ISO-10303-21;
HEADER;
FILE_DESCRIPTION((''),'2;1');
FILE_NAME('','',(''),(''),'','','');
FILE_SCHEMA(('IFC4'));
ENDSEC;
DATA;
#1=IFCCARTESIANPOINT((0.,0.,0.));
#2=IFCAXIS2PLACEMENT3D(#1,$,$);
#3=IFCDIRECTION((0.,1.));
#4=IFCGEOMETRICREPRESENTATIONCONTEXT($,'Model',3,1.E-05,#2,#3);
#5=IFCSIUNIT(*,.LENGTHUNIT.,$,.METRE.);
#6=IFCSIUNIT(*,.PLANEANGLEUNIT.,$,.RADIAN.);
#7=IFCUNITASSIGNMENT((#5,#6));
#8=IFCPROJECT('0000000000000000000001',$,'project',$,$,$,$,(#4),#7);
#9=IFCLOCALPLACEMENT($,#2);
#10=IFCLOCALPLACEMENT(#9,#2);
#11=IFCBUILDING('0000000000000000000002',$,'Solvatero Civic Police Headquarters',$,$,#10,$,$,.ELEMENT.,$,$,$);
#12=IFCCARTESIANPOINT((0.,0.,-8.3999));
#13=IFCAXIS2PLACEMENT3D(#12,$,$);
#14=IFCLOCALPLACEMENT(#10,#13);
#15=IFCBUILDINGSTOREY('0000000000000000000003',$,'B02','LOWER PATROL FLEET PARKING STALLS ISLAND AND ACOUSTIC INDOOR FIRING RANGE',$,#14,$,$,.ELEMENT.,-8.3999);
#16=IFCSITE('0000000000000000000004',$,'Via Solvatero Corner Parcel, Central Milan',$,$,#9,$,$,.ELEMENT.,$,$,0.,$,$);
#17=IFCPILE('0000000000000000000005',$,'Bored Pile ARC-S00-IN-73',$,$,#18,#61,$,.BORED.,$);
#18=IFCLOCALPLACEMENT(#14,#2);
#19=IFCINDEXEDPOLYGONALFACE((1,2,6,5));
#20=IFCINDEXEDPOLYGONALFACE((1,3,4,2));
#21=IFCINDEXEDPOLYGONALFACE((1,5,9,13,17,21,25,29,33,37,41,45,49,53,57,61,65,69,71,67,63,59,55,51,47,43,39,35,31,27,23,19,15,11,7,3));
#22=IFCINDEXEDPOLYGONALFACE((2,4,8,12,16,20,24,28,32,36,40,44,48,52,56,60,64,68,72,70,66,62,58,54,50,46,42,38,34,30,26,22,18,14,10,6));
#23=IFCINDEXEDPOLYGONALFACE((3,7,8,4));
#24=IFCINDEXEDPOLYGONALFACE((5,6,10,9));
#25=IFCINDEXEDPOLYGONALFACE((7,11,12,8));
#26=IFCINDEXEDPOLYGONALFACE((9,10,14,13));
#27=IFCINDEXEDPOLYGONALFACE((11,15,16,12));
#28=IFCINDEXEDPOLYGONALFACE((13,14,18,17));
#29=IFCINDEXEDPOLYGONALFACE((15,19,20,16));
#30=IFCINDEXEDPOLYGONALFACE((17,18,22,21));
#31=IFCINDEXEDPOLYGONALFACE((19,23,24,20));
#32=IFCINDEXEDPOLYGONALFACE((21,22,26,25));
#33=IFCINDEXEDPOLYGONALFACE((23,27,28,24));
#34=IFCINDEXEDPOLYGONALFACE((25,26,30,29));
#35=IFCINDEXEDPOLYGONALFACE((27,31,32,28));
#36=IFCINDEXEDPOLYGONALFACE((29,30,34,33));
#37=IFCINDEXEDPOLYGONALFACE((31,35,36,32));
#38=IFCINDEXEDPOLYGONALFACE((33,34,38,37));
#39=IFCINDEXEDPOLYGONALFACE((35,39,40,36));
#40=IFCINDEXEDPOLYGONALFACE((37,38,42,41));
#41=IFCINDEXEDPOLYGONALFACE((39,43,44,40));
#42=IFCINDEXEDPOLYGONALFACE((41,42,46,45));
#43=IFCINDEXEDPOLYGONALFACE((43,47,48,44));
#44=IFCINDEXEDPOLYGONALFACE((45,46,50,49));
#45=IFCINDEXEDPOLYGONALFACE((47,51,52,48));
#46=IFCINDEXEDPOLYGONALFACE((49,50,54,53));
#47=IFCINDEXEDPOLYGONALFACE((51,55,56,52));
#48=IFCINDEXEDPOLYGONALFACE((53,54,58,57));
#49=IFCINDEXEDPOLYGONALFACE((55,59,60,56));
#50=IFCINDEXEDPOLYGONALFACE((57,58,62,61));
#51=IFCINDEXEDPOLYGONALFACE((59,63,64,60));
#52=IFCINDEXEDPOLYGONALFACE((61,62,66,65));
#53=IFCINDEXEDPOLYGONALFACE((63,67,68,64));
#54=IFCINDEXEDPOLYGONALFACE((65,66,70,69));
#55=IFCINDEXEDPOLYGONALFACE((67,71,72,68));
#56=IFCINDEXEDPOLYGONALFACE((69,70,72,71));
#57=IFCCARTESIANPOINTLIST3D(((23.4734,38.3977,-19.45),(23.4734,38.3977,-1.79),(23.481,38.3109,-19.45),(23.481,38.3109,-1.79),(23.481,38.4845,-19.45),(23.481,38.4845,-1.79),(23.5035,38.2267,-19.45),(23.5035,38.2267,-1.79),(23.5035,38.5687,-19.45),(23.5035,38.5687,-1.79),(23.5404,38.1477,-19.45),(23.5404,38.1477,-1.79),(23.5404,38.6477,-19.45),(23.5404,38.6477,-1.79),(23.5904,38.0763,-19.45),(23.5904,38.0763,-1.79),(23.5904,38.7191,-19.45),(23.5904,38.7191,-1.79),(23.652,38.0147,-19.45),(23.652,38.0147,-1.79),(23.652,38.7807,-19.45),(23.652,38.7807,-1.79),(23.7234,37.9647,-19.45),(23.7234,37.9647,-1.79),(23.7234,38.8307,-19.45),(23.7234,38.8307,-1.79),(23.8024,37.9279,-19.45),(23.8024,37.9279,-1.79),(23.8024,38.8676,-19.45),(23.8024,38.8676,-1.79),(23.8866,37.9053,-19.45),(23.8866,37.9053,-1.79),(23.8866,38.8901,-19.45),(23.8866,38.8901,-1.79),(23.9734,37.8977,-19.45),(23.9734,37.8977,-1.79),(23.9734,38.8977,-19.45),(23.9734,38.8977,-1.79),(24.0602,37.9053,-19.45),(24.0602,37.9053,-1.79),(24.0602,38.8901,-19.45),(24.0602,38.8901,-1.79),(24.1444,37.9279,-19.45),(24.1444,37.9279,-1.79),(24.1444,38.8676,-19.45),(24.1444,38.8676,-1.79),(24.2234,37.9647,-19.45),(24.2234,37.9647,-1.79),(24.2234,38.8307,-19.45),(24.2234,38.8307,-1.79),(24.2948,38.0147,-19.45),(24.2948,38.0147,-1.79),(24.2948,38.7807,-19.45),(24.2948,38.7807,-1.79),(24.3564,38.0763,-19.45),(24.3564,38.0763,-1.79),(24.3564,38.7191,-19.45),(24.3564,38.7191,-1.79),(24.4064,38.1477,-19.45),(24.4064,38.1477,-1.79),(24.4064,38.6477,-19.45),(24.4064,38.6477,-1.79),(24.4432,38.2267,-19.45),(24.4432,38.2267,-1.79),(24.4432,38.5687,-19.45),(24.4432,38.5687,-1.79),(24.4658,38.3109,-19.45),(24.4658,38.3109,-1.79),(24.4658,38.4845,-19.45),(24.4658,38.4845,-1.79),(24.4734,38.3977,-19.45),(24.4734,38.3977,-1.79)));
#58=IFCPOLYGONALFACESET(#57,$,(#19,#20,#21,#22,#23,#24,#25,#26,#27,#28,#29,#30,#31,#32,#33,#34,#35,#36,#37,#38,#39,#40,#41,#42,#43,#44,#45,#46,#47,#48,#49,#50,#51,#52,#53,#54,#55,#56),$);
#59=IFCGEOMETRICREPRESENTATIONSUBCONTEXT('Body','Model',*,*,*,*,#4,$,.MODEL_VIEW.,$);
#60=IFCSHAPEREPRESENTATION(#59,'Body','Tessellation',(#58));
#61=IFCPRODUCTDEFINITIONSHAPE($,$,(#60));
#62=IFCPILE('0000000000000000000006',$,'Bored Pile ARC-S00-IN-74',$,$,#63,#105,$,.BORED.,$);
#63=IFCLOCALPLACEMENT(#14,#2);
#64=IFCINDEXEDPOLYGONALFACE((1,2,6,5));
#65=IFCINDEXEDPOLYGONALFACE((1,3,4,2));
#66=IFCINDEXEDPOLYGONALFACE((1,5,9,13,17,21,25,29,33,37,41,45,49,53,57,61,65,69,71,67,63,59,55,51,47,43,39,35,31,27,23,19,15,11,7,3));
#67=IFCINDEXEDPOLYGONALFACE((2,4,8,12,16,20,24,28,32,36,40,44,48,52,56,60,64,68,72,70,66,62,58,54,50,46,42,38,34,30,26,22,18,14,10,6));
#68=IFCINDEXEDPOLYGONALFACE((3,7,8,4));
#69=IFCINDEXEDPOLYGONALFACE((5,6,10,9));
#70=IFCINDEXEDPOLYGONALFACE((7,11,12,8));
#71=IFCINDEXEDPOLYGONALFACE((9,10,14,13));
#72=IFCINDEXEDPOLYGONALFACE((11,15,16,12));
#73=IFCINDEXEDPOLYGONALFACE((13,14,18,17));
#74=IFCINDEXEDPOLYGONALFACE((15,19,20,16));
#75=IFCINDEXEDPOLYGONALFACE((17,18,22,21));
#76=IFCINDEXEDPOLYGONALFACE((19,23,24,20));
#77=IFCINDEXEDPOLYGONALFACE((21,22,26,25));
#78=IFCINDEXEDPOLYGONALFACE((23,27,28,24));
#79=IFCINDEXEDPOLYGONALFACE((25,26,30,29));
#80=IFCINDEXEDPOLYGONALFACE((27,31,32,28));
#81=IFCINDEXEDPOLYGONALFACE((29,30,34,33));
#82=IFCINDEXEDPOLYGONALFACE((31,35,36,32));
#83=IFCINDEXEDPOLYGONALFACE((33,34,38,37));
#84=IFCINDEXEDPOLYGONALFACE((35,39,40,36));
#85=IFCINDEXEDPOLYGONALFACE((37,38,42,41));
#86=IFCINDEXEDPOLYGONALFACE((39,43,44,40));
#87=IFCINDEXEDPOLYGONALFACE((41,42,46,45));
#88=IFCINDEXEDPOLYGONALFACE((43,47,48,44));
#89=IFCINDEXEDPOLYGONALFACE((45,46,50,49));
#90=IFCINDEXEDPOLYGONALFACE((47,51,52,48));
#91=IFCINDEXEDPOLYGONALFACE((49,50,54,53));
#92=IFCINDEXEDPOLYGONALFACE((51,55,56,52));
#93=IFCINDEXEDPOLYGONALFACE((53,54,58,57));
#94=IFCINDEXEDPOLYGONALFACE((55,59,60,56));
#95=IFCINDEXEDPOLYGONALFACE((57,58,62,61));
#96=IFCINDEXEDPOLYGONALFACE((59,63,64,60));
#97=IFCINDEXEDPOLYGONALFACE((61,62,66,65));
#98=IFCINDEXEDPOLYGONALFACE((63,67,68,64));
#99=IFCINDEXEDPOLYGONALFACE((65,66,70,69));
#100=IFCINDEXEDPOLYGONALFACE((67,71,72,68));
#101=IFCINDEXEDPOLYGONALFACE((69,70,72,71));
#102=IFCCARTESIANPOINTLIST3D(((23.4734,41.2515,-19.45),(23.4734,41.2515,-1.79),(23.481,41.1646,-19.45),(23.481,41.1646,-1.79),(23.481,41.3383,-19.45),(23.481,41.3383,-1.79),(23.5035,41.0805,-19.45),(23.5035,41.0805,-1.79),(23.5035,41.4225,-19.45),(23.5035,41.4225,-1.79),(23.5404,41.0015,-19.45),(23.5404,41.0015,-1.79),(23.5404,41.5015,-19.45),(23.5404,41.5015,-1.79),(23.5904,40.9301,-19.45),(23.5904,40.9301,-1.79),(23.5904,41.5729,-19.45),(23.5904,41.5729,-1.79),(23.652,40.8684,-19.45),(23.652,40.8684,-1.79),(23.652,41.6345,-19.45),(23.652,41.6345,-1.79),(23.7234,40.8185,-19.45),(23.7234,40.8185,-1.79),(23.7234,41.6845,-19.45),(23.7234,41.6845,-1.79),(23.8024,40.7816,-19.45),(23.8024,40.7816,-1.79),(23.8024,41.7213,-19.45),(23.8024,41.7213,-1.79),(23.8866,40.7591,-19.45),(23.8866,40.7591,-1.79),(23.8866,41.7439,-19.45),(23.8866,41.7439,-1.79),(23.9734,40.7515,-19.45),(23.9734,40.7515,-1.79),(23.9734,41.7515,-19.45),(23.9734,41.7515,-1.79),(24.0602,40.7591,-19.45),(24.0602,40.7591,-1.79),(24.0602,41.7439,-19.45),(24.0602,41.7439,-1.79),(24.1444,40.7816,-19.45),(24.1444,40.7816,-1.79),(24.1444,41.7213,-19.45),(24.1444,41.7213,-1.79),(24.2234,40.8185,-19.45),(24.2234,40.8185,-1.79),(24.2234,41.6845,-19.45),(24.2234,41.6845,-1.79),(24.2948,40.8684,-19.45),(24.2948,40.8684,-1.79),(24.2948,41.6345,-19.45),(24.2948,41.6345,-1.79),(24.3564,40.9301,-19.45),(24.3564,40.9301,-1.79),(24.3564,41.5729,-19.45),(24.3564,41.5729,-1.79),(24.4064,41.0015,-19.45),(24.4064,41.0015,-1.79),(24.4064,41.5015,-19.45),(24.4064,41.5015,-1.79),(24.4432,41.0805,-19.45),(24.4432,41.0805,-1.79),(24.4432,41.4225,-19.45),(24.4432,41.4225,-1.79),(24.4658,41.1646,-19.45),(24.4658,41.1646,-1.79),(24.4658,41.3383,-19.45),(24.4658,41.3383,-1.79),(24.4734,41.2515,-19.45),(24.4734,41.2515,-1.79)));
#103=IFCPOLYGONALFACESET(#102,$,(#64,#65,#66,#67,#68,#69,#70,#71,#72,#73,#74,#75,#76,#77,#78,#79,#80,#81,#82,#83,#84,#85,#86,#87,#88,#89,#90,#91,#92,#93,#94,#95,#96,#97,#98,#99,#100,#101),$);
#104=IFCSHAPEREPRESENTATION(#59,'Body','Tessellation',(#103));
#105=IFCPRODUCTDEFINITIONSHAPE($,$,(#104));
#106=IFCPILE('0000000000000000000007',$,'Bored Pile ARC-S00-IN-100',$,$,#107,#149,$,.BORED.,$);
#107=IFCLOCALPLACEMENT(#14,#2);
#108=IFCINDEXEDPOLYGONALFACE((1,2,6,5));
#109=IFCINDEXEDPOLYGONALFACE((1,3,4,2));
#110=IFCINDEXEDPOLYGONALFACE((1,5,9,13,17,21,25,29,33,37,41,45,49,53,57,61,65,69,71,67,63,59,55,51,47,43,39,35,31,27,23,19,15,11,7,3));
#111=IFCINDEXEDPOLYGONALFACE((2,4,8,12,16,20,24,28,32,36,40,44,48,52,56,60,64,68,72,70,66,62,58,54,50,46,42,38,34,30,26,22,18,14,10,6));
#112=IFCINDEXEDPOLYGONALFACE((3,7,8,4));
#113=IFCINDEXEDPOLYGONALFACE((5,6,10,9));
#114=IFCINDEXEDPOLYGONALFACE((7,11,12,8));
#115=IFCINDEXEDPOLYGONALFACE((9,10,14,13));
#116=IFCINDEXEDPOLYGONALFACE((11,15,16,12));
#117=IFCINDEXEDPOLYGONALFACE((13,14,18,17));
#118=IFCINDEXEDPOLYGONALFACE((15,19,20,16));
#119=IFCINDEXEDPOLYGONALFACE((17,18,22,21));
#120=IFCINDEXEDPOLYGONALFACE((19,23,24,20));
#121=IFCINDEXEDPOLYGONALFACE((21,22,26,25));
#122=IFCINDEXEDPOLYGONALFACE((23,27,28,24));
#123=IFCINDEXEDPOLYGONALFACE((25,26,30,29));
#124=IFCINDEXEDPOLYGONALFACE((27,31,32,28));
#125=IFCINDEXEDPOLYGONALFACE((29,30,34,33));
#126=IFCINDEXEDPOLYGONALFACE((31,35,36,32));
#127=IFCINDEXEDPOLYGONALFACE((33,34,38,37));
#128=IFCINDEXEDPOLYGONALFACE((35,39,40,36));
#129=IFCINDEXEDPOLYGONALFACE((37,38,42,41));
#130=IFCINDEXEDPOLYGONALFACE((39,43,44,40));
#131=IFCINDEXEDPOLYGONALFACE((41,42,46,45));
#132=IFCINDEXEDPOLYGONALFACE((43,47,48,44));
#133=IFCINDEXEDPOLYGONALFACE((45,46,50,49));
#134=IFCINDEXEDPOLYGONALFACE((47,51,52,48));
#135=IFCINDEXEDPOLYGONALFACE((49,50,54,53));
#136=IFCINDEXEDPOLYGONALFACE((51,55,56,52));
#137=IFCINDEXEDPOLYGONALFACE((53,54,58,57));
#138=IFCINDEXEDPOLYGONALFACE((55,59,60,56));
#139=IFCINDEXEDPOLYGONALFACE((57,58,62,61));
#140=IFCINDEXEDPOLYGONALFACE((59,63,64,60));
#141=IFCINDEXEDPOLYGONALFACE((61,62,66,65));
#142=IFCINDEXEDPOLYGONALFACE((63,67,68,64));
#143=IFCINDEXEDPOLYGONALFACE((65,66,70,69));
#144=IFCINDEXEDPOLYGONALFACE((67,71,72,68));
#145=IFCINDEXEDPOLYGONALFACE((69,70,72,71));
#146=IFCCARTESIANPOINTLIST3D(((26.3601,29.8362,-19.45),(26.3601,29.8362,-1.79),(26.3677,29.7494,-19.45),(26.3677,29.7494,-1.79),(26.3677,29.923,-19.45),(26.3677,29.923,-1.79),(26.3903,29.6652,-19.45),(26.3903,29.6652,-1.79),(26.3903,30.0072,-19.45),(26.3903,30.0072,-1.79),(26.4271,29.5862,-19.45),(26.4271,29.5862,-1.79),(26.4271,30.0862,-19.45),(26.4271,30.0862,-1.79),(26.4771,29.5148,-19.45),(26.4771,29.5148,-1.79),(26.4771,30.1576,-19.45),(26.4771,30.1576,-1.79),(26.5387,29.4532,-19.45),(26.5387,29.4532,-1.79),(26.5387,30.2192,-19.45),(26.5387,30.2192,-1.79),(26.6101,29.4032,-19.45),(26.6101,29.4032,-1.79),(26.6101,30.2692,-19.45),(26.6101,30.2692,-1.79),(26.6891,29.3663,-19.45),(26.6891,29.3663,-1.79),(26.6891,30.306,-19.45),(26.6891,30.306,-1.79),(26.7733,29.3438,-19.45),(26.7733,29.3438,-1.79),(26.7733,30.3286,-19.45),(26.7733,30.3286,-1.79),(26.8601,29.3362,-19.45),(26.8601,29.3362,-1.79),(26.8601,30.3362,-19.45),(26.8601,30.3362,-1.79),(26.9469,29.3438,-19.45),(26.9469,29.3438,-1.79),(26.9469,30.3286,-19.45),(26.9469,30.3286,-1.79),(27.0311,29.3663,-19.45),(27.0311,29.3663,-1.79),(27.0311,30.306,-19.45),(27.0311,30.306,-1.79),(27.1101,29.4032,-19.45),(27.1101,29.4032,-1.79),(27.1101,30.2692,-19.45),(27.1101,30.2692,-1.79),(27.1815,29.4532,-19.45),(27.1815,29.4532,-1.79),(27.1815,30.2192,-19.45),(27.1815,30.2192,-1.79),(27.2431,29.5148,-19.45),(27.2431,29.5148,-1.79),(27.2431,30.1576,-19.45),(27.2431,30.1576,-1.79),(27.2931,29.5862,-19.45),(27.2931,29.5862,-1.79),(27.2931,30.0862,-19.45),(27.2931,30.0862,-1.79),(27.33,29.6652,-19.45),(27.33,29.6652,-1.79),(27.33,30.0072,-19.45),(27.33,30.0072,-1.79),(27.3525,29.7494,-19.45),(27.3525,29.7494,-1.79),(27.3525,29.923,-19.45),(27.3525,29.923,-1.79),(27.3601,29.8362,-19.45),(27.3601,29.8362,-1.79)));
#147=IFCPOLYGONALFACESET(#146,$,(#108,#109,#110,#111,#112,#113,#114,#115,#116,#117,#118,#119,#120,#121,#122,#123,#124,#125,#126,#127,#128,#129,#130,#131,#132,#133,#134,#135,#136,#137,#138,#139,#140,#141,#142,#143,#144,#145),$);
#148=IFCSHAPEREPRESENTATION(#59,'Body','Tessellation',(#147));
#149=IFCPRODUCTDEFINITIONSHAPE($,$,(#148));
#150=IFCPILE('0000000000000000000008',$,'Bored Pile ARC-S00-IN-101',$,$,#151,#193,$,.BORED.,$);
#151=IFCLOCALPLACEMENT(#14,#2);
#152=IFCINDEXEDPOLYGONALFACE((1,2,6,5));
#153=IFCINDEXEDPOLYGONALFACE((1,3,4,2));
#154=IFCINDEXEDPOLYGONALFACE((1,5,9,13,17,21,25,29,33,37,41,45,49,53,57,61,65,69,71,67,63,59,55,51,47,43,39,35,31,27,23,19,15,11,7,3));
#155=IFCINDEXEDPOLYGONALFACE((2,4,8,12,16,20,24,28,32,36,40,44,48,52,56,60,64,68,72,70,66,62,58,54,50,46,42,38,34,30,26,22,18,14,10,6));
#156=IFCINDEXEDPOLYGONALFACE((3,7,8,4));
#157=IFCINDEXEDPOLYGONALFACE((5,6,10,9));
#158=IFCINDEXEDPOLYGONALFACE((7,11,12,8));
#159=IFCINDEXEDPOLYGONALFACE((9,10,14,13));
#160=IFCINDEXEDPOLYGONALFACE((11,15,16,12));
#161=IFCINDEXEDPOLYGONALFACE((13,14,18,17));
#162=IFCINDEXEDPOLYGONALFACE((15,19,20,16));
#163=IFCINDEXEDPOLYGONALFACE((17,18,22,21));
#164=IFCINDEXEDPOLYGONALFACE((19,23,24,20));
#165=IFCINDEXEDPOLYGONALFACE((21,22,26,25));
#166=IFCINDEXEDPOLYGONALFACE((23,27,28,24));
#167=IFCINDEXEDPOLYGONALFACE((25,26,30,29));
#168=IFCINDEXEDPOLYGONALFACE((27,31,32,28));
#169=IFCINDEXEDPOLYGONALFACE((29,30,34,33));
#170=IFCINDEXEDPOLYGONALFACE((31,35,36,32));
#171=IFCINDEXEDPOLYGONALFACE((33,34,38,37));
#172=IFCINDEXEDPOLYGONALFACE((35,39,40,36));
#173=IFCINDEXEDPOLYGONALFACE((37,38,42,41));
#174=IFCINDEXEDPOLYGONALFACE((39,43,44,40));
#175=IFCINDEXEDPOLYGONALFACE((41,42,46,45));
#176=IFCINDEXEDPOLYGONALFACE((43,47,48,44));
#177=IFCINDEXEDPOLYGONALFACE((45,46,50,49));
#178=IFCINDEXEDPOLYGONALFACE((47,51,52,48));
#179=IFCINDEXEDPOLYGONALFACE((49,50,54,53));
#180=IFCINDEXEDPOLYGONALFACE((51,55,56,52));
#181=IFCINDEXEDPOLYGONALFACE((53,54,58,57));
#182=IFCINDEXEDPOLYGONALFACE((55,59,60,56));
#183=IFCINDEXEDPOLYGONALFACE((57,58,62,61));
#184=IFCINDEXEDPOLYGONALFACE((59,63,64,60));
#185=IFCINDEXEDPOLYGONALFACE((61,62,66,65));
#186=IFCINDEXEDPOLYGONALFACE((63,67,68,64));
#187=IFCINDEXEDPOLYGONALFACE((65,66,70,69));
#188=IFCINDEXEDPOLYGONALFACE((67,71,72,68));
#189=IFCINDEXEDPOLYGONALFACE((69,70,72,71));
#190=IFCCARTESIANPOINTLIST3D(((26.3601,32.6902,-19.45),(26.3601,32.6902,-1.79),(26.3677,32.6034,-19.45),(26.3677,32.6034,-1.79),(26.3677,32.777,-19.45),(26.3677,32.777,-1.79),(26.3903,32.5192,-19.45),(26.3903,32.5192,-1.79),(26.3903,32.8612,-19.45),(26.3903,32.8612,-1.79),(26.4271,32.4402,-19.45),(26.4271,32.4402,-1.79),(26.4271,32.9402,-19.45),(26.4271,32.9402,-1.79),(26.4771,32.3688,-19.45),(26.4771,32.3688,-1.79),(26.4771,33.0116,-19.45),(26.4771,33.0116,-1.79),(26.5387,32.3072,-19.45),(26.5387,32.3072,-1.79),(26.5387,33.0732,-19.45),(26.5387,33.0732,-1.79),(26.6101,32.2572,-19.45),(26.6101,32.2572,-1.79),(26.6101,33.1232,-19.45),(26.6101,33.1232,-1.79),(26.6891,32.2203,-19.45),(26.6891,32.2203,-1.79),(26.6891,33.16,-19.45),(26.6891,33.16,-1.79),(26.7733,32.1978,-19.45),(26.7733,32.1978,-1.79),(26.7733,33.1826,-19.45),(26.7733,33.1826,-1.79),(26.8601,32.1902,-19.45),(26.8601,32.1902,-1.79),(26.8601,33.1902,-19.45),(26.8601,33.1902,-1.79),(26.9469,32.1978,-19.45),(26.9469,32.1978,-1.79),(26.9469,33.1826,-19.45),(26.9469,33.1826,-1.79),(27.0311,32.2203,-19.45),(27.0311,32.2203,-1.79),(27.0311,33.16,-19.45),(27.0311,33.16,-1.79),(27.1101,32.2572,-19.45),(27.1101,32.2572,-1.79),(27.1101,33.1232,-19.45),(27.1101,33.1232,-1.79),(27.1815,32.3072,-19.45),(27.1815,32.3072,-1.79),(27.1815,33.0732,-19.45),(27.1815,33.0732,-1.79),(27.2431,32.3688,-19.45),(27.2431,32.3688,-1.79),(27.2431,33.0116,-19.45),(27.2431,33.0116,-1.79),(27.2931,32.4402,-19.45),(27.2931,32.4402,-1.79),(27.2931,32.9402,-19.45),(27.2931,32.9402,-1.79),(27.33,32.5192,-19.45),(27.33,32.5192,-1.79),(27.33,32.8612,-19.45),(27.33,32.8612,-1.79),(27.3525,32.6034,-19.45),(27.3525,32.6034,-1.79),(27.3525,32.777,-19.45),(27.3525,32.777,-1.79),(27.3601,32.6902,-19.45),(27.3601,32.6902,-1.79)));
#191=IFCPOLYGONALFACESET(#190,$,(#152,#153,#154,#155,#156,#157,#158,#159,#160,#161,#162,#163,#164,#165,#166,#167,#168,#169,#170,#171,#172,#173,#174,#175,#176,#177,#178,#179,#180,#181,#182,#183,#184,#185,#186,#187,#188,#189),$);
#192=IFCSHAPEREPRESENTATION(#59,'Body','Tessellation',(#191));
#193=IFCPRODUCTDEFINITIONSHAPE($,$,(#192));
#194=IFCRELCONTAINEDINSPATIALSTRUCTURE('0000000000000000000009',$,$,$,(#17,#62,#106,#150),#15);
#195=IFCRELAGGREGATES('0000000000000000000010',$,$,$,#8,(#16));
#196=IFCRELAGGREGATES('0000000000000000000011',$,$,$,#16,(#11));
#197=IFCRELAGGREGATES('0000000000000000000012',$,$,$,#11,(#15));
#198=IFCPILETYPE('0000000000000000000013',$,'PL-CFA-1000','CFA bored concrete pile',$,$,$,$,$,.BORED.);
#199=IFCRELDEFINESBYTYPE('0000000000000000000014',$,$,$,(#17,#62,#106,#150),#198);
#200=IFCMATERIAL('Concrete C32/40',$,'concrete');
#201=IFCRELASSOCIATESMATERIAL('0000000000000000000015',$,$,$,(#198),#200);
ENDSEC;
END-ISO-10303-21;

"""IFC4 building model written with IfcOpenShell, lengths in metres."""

from ifc_helpers import new_model, si_unit, direction, frame, origin, origin_2d, place, context, subcontext, project, spatial, circle, extrude, material, material_profile, profile_set, type_object, element, save


model = new_model("IFC4")

# Units and contexts
model_context = context("Model", 3, precision=1e-05, world=origin(), true_north=direction((0.0, 1.0)))
body_context = subcontext(model_context, "Body", "Model", "MODEL_VIEW")
ifc_project = project(units=[si_unit("LENGTHUNIT", "METRE"), si_unit("PLANEANGLEUNIT", "RADIAN")], contexts=[model_context])

# Site, building, storey
site_placement = place(None, origin())
site = spatial("IfcSite", under=ifc_project, at=site_placement, Name="Via Solvatero Corner Parcel, Central Milan", CompositionType="ELEMENT", RefElevation=0.0)
building_placement = place(site_placement, origin())
building = spatial("IfcBuilding", under=site, at=building_placement, Name="Solvatero Civic Police Headquarters", CompositionType="ELEMENT")
storey_placement = place(building_placement, frame((0.0, 0.0, -8.3999)))
storey = spatial("IfcBuildingStorey", under=building, at=storey_placement, Name="B02", Description="LOWER PATROL FLEET PARKING STALLS ISLAND AND ACOUSTIC INDOOR FIRING RANGE", CompositionType="ELEMENT", Elevation=-8.3999)

# Piles
ifc_material_1 = material(Name="Concrete C32/40", Category="concrete")
ifc_material_profile_1 = material_profile(ifc_material_1, circle(Radius=0.5, at=origin_2d()), Name="CFA PILE D1000")
ifc_profile_set_1 = profile_set([ifc_material_profile_1], Name="Concrete C32/40")
pile_type = type_object("IfcPileType", Name="PL-CFA-1000", Description="CFA bored concrete pile", PredefinedType="BORED", material=ifc_profile_set_1)
for number, where, z_axis, x_axis, name in (
    (1, (23.9734, 38.3977, -1.79), (0.0, 0.0, -1.0), (1.0, 0.0, 0.0), "Bored Pile ARC-S00-IN-73"),
    (2, (23.9734, 41.2515, -1.79), (0.0, 0.0, -1.0), (1.0, 0.0, 0.0), "Bored Pile ARC-S00-IN-74"),
    (3, (26.8601, 29.8362, -1.79), (0.0, 0.0, -1.0), (1.0, 0.0, 0.0), "Bored Pile ARC-S00-IN-100"),
    (4, (26.8601, 32.6902, -1.79), (0.0, 0.0, -1.0), (1.0, 0.0, 0.0), "Bored Pile ARC-S00-IN-101"),
):
    element("IfcPile", number, at=place(storey_placement, frame(where, z_axis=z_axis, x_axis=x_axis)), inside=storey, type_object=pile_type, Name=name, PredefinedType="BORED", context=body_context, shape_type="SweptSolid", body=[
        extrude(circle(Radius=0.5, at=origin_2d()), origin(), (0.0, 0.0, 1.0), 17.6599),
    ])

save(model, "model.ifc")
